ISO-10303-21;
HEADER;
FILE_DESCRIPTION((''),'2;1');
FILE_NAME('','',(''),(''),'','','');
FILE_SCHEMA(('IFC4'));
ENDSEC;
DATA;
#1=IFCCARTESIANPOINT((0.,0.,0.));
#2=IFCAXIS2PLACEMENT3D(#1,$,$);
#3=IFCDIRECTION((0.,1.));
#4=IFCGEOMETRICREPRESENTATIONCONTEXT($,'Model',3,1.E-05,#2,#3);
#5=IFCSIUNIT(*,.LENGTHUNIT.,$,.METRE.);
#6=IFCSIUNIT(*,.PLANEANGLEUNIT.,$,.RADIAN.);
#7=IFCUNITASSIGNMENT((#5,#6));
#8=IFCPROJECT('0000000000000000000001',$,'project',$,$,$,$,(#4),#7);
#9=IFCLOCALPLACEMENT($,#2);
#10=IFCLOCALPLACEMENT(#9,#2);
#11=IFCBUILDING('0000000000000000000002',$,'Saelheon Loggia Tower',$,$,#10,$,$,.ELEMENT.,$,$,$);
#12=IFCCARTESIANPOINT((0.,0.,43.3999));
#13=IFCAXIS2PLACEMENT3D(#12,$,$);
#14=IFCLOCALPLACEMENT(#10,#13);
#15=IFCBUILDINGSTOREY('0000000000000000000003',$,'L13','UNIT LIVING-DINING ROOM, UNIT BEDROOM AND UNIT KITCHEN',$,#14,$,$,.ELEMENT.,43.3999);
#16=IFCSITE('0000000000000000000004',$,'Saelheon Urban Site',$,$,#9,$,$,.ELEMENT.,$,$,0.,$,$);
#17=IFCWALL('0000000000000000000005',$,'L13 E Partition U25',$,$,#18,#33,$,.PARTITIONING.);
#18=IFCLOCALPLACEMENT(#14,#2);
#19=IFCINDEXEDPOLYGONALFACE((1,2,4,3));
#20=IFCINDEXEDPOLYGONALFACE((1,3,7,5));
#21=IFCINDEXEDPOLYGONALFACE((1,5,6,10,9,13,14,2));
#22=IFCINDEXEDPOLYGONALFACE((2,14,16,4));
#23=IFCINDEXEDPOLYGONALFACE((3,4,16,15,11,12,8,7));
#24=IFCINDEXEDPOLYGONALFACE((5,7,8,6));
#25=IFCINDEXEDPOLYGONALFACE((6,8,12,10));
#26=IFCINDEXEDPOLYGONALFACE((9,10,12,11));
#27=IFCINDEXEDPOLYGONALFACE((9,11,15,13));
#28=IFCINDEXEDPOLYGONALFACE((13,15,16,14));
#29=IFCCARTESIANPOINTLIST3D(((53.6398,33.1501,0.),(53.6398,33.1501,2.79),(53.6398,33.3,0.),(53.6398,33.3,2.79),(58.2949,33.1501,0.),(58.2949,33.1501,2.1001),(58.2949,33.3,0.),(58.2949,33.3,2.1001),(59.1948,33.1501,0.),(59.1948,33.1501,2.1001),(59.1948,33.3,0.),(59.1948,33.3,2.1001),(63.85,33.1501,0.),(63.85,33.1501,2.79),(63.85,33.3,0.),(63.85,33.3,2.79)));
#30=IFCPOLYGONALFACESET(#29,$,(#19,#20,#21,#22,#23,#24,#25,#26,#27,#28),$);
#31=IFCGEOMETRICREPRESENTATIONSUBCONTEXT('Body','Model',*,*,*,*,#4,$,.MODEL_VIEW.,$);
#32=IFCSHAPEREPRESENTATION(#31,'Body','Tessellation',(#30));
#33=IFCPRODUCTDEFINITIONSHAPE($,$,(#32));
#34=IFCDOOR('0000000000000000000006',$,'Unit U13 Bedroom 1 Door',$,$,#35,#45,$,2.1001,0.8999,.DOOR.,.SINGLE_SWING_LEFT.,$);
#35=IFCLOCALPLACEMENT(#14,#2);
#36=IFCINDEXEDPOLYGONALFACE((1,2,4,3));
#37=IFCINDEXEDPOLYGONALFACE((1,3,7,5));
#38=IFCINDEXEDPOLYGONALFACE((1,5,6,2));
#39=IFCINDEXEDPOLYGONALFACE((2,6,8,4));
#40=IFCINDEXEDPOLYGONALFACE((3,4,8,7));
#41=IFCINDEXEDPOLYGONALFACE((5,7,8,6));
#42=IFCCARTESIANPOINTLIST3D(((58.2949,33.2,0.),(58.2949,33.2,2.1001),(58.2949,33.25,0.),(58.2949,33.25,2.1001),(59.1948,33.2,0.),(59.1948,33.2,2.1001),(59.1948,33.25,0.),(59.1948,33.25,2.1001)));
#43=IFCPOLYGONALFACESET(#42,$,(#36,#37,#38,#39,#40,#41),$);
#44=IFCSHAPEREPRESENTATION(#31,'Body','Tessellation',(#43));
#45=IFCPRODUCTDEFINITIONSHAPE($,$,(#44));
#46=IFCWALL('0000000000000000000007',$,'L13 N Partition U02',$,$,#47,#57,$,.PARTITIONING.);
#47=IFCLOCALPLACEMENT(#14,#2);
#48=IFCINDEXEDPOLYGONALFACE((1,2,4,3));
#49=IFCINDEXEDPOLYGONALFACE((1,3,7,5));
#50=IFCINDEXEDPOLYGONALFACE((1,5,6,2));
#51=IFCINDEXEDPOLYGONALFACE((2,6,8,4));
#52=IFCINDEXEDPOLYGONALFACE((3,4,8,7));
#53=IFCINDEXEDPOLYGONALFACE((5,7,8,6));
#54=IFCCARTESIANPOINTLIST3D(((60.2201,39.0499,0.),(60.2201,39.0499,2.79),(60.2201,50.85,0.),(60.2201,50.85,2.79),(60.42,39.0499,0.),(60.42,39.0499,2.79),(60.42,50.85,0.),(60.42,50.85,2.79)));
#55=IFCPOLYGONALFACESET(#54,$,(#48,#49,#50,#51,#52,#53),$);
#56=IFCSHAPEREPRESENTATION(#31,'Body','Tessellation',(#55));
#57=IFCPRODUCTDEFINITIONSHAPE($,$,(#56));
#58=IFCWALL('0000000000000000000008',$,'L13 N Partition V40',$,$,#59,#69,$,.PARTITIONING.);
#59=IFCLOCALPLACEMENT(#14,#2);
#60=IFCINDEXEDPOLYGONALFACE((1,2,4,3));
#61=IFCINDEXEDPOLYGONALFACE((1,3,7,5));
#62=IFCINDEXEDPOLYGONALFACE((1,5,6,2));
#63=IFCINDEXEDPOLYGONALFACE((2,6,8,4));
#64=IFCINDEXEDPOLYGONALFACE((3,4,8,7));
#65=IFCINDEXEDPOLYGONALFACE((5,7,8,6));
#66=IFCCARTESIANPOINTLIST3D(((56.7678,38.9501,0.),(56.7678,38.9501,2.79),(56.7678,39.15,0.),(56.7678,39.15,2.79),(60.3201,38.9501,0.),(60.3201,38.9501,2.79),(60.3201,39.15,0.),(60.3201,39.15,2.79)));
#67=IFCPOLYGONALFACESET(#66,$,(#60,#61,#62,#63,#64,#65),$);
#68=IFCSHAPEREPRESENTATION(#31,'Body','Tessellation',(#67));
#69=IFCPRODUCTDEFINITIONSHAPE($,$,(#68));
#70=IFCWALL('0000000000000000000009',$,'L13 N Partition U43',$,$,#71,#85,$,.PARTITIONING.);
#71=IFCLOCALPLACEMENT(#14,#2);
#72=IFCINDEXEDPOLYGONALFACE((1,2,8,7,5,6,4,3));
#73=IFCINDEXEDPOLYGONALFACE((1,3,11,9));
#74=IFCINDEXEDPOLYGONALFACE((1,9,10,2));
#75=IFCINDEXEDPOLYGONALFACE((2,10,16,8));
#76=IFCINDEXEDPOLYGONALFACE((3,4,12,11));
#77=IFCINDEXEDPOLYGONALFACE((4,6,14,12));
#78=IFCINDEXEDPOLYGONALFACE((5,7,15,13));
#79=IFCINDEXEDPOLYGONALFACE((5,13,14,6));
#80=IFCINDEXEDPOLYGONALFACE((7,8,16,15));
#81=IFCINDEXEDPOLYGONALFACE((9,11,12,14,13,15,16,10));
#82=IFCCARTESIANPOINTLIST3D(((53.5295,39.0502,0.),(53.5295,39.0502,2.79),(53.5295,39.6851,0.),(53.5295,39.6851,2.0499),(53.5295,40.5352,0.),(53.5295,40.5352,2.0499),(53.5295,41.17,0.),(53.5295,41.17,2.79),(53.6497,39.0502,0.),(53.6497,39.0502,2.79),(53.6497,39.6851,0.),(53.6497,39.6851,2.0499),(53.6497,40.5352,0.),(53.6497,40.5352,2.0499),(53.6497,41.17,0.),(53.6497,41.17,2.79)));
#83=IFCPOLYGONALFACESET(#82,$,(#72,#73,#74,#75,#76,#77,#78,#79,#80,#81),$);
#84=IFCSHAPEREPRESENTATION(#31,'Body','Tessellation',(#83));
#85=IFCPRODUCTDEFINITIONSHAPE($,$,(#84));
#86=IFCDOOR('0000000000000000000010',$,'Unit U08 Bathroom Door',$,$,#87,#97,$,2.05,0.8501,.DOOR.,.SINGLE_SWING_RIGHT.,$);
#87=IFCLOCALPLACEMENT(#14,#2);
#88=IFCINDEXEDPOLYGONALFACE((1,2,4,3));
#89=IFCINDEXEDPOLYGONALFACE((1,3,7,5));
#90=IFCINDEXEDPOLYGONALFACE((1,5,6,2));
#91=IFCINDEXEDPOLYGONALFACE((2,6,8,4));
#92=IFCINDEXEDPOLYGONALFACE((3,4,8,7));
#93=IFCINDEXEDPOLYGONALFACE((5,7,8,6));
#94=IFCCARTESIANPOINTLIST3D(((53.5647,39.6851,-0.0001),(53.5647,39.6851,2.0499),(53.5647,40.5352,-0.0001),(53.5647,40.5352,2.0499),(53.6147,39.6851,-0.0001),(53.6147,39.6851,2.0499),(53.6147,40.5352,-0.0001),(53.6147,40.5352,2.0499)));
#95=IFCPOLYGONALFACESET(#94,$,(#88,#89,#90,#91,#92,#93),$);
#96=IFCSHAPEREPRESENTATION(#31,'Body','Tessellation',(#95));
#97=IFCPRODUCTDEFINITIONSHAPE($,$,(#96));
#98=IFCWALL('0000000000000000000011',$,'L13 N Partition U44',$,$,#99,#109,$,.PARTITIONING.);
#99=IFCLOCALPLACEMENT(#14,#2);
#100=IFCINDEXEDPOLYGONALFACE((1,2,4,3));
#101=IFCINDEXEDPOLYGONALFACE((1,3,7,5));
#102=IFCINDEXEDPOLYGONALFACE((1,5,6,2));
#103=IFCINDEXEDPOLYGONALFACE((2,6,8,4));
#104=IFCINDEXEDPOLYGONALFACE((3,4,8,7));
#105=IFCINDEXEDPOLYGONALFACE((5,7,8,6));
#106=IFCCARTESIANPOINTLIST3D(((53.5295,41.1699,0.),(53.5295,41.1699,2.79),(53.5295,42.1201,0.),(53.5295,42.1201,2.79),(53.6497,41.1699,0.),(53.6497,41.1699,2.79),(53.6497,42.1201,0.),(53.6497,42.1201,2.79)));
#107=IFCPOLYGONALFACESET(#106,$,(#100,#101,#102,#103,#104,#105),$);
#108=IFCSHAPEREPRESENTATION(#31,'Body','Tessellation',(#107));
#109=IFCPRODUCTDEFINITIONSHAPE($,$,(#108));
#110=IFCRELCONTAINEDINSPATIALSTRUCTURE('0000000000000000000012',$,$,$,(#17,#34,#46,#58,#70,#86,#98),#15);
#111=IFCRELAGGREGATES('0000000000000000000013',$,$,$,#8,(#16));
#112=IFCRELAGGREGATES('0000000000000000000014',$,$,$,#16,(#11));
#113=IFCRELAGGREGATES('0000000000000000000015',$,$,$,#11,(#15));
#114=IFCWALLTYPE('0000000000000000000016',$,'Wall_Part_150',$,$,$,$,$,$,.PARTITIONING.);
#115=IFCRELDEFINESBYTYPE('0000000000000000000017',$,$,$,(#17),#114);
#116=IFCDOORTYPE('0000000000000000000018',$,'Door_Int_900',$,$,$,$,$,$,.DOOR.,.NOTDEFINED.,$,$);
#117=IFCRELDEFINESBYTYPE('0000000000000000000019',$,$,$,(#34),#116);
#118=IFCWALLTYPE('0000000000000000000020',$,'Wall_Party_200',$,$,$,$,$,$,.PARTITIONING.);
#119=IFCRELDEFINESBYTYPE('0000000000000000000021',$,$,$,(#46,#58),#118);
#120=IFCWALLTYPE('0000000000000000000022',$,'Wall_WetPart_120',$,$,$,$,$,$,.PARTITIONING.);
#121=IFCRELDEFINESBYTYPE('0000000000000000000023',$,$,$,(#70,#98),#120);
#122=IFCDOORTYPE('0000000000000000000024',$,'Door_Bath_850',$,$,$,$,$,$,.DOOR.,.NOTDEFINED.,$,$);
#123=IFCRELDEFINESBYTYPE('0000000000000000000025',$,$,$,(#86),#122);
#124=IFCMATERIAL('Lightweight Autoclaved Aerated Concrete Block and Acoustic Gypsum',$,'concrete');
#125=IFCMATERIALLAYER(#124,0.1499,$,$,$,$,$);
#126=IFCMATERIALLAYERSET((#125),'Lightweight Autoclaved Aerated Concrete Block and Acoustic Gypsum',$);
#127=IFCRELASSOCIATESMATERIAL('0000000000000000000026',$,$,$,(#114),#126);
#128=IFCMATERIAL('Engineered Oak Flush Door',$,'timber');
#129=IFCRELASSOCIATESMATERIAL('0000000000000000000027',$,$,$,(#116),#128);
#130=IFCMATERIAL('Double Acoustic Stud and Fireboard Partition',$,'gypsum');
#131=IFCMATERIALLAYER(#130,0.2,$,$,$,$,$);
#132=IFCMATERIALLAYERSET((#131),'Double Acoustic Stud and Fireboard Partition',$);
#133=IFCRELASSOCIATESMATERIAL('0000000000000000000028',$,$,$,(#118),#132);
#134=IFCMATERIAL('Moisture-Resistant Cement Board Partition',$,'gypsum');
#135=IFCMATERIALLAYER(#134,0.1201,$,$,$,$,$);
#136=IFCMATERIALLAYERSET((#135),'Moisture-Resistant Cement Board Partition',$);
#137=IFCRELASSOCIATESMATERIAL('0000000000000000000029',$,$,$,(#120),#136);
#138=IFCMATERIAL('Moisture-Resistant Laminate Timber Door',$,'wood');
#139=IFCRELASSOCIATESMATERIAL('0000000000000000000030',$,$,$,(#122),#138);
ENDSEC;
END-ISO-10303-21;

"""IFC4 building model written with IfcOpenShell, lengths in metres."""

from ifc_helpers import new_model, si_unit, direction, frame, frame_2d, origin, place, context, subcontext, project, spatial, rectangle, extrude, source, transform, mapped, material, layer, layer_set, type_object, element, fill, save


model = new_model("IFC4")

# Units and contexts
model_context = context("Model", 3, precision=1e-05, world=origin(), true_north=direction((0.0, 1.0)))
body_context = subcontext(model_context, "Body", "Model", "MODEL_VIEW")
ifc_project = project(units=[si_unit("LENGTHUNIT", "METRE"), si_unit("PLANEANGLEUNIT", "RADIAN")], contexts=[model_context])

# Site, building, storey
site_placement = place(None, origin())
site = spatial("IfcSite", under=ifc_project, at=site_placement, Name="Saelheon Urban Site", CompositionType="ELEMENT", RefElevation=0.0)
building_placement = place(site_placement, origin())
building = spatial("IfcBuilding", under=site, at=building_placement, Name="Saelheon Loggia Tower", CompositionType="ELEMENT")
storey_placement = place(building_placement, frame((0.0, 0.0, 43.3999)))
storey = spatial("IfcBuildingStorey", under=building, at=storey_placement, Name="L13", Description="UNIT LIVING-DINING ROOM, UNIT BEDROOM AND UNIT KITCHEN", CompositionType="ELEMENT", Elevation=43.3999)

# Shared definitions
ifc_material_1 = material(Name="Lightweight Autoclaved Aerated Concrete Block and Acoustic Gypsum", Category="concrete")
ifc_layer_1 = layer(ifc_material_1, 0.1499)
ifc_layer_set_1 = layer_set([ifc_layer_1], Name="Lightweight Autoclaved Aerated Concrete Block and Acoustic Gypsum")
wall_type_1 = type_object("IfcWallType", Name="Wall_Part_150", PredefinedType="PARTITIONING", material=ifc_layer_set_1)

# Shared definitions
ifc_material_2 = material(Name="Engineered Oak Flush Door", Category="timber")
door_type_1 = type_object("IfcDoorType", Name="Door_Int_900", OperationType="NOTDEFINED", PredefinedType="DOOR", material=ifc_material_2)
shared_shape_1 = source(origin(), body_context, "Body", "SweptSolid", [
    extrude(rectangle(XDim=0.8999, YDim=2.1001, at=frame_2d((0.45, 1.05))), frame((0.0, 0.0249, 0.0), z_axis=(0.0, -1.0, 0.0), x_axis=(1.0, 0.0, 0.0)), (0.0, 0.0, 1.0), 0.05),
])

# Wall, opening, door
wall_1_placement = place(storey_placement, frame((53.6399, 33.2251, 0.0), z_axis=(0.0, 0.0, 1.0), x_axis=(1.0, 0.0, 0.0)))
wall_1 = element("IfcWall", 1, at=wall_1_placement, inside=storey, type_object=wall_type_1, Name="L13 E Partition U25", PredefinedType="PARTITIONING", context=body_context, shape_type="SweptSolid", body=[
    extrude(rectangle(XDim=10.2102, YDim=0.1499, at=frame_2d((5.105, 0.0))), origin(), (0.0, 0.0, 1.0), 2.79),
])
opening_1_placement = place(wall_1_placement, frame((4.655, 0.0, 0.0)))
opening_1 = element("IfcOpeningElement", 2, at=opening_1_placement, cuts=wall_1, PredefinedType="OPENING", context=body_context, shape_type="SweptSolid", body=[
    extrude(rectangle(XDim=0.8999, YDim=2.1001, at=frame_2d((0.45, 1.05))), frame((0.0, 0.0869, 0.0), z_axis=(0.0, -1.0, 0.0), x_axis=(1.0, 0.0, 0.0)), (0.0, 0.0, 1.0), 0.1738),
])
door_1_placement = place(opening_1_placement, origin())
door_1 = element("IfcDoor", 3, at=door_1_placement, inside=storey, type_object=door_type_1, Name="Unit U13 Bedroom 1 Door", OperationType="SINGLE_SWING_LEFT", OverallHeight=2.1001, OverallWidth=0.8999, PredefinedType="DOOR", context=body_context, shape_type="MappedRepresentation", body=[
    mapped(shared_shape_1, transform((0.0, 0.0, 0.0), scale=1.0)),
])
fill(opening_1, door_1)

# Wall
ifc_material_3 = material(Name="Double Acoustic Stud and Fireboard Partition", Category="gypsum")
ifc_layer_2 = layer(ifc_material_3, 0.2)
ifc_layer_set_2 = layer_set([ifc_layer_2], Name="Double Acoustic Stud and Fireboard Partition")
wall_type_2 = type_object("IfcWallType", Name="Wall_Party_200", PredefinedType="PARTITIONING", material=ifc_layer_set_2)
wall_2_placement = place(storey_placement, frame((60.3201, 39.05, 0.0), z_axis=(0.0, 0.0, 1.0), x_axis=(0.0, 1.0, 0.0)))
element("IfcWall", 4, at=wall_2_placement, inside=storey, type_object=wall_type_2, Name="L13 N Partition U02", PredefinedType="PARTITIONING", context=body_context, shape_type="SweptSolid", body=[
    extrude(rectangle(XDim=11.8, YDim=0.2, at=frame_2d((5.8999, 0.0))), origin(), (0.0, 0.0, 1.0), 2.79),
])

# Wall
wall_3_placement = place(storey_placement, frame((56.7678, 39.05, 0.0), z_axis=(0.0, 0.0, 1.0), x_axis=(1.0, 0.0, 0.0)))
element("IfcWall", 5, at=wall_3_placement, inside=storey, type_object=wall_type_2, Name="L13 N Partition V40", PredefinedType="PARTITIONING", context=body_context, shape_type="SweptSolid", body=[
    extrude(rectangle(XDim=3.5522, YDim=0.2, at=frame_2d((1.7761, 0.0))), origin(), (0.0, 0.0, 1.0), 2.79),
])

# Wall, opening, door
ifc_material_4 = material(Name="Moisture-Resistant Cement Board Partition", Category="gypsum")
ifc_layer_3 = layer(ifc_material_4, 0.1201)
ifc_layer_set_3 = layer_set([ifc_layer_3], Name="Moisture-Resistant Cement Board Partition")
wall_type_3 = type_object("IfcWallType", Name="Wall_WetPart_120", PredefinedType="PARTITIONING", material=ifc_layer_set_3)
wall_4_placement = place(storey_placement, frame((53.5896, 39.05, 0.0), z_axis=(0.0, 0.0, 1.0), x_axis=(0.0, 1.0, 0.0)))
wall_4 = element("IfcWall", 6, at=wall_4_placement, inside=storey, type_object=wall_type_3, Name="L13 N Partition U43", PredefinedType="PARTITIONING", context=body_context, shape_type="SweptSolid", body=[
    extrude(rectangle(XDim=2.1199, YDim=0.1201, at=frame_2d((1.0601, 0.0))), origin(), (0.0, 0.0, 1.0), 2.79),
])
opening_2_placement = place(wall_4_placement, frame((0.635, 0.0, 0.0)))
opening_2 = element("IfcOpeningElement", 7, at=opening_2_placement, cuts=wall_4, PredefinedType="OPENING", context=body_context, shape_type="SweptSolid", body=[
    extrude(rectangle(XDim=0.8501, YDim=2.05, at=frame_2d((0.425, 1.0249))), frame((0.0, 0.072, 0.0), z_axis=(0.0, -1.0, 0.0), x_axis=(1.0, 0.0, 0.0)), (0.0, 0.0, 1.0), 0.144),
])
ifc_material_5 = material(Name="Moisture-Resistant Laminate Timber Door", Category="wood")
door_type_2 = type_object("IfcDoorType", Name="Door_Bath_850", OperationType="NOTDEFINED", PredefinedType="DOOR", material=ifc_material_5)
shared_shape_2 = source(origin(), body_context, "Body", "SweptSolid", [
    extrude(rectangle(XDim=0.8501, YDim=2.05, at=frame_2d((0.425, 1.0249))), frame((0.0, 0.0249, 0.0), z_axis=(0.0, -1.0, 0.0), x_axis=(1.0, 0.0, 0.0)), (0.0, 0.0, 1.0), 0.05),
])
door_2_placement = place(opening_2_placement, origin())
door_2 = element("IfcDoor", 8, at=door_2_placement, inside=storey, type_object=door_type_2, Name="Unit U08 Bathroom Door", OperationType="SINGLE_SWING_RIGHT", OverallHeight=2.05, OverallWidth=0.8501, PredefinedType="DOOR", context=body_context, shape_type="MappedRepresentation", body=[
    mapped(shared_shape_2, transform((0.0, 0.0, 0.0), scale=1.0)),
])
fill(opening_2, door_2)

# Wall
wall_5_placement = place(storey_placement, frame((53.5896, 41.1699, 0.0), z_axis=(0.0, 0.0, 1.0), x_axis=(0.0, 1.0, 0.0)))
element("IfcWall", 9, at=wall_5_placement, inside=storey, type_object=wall_type_3, Name="L13 N Partition U44", PredefinedType="PARTITIONING", context=body_context, shape_type="SweptSolid", body=[
    extrude(rectangle(XDim=0.9502, YDim=0.1201, at=frame_2d((0.4751, 0.0))), origin(), (0.0, 0.0, 1.0), 2.79),
])

save(model, "model.ifc")
